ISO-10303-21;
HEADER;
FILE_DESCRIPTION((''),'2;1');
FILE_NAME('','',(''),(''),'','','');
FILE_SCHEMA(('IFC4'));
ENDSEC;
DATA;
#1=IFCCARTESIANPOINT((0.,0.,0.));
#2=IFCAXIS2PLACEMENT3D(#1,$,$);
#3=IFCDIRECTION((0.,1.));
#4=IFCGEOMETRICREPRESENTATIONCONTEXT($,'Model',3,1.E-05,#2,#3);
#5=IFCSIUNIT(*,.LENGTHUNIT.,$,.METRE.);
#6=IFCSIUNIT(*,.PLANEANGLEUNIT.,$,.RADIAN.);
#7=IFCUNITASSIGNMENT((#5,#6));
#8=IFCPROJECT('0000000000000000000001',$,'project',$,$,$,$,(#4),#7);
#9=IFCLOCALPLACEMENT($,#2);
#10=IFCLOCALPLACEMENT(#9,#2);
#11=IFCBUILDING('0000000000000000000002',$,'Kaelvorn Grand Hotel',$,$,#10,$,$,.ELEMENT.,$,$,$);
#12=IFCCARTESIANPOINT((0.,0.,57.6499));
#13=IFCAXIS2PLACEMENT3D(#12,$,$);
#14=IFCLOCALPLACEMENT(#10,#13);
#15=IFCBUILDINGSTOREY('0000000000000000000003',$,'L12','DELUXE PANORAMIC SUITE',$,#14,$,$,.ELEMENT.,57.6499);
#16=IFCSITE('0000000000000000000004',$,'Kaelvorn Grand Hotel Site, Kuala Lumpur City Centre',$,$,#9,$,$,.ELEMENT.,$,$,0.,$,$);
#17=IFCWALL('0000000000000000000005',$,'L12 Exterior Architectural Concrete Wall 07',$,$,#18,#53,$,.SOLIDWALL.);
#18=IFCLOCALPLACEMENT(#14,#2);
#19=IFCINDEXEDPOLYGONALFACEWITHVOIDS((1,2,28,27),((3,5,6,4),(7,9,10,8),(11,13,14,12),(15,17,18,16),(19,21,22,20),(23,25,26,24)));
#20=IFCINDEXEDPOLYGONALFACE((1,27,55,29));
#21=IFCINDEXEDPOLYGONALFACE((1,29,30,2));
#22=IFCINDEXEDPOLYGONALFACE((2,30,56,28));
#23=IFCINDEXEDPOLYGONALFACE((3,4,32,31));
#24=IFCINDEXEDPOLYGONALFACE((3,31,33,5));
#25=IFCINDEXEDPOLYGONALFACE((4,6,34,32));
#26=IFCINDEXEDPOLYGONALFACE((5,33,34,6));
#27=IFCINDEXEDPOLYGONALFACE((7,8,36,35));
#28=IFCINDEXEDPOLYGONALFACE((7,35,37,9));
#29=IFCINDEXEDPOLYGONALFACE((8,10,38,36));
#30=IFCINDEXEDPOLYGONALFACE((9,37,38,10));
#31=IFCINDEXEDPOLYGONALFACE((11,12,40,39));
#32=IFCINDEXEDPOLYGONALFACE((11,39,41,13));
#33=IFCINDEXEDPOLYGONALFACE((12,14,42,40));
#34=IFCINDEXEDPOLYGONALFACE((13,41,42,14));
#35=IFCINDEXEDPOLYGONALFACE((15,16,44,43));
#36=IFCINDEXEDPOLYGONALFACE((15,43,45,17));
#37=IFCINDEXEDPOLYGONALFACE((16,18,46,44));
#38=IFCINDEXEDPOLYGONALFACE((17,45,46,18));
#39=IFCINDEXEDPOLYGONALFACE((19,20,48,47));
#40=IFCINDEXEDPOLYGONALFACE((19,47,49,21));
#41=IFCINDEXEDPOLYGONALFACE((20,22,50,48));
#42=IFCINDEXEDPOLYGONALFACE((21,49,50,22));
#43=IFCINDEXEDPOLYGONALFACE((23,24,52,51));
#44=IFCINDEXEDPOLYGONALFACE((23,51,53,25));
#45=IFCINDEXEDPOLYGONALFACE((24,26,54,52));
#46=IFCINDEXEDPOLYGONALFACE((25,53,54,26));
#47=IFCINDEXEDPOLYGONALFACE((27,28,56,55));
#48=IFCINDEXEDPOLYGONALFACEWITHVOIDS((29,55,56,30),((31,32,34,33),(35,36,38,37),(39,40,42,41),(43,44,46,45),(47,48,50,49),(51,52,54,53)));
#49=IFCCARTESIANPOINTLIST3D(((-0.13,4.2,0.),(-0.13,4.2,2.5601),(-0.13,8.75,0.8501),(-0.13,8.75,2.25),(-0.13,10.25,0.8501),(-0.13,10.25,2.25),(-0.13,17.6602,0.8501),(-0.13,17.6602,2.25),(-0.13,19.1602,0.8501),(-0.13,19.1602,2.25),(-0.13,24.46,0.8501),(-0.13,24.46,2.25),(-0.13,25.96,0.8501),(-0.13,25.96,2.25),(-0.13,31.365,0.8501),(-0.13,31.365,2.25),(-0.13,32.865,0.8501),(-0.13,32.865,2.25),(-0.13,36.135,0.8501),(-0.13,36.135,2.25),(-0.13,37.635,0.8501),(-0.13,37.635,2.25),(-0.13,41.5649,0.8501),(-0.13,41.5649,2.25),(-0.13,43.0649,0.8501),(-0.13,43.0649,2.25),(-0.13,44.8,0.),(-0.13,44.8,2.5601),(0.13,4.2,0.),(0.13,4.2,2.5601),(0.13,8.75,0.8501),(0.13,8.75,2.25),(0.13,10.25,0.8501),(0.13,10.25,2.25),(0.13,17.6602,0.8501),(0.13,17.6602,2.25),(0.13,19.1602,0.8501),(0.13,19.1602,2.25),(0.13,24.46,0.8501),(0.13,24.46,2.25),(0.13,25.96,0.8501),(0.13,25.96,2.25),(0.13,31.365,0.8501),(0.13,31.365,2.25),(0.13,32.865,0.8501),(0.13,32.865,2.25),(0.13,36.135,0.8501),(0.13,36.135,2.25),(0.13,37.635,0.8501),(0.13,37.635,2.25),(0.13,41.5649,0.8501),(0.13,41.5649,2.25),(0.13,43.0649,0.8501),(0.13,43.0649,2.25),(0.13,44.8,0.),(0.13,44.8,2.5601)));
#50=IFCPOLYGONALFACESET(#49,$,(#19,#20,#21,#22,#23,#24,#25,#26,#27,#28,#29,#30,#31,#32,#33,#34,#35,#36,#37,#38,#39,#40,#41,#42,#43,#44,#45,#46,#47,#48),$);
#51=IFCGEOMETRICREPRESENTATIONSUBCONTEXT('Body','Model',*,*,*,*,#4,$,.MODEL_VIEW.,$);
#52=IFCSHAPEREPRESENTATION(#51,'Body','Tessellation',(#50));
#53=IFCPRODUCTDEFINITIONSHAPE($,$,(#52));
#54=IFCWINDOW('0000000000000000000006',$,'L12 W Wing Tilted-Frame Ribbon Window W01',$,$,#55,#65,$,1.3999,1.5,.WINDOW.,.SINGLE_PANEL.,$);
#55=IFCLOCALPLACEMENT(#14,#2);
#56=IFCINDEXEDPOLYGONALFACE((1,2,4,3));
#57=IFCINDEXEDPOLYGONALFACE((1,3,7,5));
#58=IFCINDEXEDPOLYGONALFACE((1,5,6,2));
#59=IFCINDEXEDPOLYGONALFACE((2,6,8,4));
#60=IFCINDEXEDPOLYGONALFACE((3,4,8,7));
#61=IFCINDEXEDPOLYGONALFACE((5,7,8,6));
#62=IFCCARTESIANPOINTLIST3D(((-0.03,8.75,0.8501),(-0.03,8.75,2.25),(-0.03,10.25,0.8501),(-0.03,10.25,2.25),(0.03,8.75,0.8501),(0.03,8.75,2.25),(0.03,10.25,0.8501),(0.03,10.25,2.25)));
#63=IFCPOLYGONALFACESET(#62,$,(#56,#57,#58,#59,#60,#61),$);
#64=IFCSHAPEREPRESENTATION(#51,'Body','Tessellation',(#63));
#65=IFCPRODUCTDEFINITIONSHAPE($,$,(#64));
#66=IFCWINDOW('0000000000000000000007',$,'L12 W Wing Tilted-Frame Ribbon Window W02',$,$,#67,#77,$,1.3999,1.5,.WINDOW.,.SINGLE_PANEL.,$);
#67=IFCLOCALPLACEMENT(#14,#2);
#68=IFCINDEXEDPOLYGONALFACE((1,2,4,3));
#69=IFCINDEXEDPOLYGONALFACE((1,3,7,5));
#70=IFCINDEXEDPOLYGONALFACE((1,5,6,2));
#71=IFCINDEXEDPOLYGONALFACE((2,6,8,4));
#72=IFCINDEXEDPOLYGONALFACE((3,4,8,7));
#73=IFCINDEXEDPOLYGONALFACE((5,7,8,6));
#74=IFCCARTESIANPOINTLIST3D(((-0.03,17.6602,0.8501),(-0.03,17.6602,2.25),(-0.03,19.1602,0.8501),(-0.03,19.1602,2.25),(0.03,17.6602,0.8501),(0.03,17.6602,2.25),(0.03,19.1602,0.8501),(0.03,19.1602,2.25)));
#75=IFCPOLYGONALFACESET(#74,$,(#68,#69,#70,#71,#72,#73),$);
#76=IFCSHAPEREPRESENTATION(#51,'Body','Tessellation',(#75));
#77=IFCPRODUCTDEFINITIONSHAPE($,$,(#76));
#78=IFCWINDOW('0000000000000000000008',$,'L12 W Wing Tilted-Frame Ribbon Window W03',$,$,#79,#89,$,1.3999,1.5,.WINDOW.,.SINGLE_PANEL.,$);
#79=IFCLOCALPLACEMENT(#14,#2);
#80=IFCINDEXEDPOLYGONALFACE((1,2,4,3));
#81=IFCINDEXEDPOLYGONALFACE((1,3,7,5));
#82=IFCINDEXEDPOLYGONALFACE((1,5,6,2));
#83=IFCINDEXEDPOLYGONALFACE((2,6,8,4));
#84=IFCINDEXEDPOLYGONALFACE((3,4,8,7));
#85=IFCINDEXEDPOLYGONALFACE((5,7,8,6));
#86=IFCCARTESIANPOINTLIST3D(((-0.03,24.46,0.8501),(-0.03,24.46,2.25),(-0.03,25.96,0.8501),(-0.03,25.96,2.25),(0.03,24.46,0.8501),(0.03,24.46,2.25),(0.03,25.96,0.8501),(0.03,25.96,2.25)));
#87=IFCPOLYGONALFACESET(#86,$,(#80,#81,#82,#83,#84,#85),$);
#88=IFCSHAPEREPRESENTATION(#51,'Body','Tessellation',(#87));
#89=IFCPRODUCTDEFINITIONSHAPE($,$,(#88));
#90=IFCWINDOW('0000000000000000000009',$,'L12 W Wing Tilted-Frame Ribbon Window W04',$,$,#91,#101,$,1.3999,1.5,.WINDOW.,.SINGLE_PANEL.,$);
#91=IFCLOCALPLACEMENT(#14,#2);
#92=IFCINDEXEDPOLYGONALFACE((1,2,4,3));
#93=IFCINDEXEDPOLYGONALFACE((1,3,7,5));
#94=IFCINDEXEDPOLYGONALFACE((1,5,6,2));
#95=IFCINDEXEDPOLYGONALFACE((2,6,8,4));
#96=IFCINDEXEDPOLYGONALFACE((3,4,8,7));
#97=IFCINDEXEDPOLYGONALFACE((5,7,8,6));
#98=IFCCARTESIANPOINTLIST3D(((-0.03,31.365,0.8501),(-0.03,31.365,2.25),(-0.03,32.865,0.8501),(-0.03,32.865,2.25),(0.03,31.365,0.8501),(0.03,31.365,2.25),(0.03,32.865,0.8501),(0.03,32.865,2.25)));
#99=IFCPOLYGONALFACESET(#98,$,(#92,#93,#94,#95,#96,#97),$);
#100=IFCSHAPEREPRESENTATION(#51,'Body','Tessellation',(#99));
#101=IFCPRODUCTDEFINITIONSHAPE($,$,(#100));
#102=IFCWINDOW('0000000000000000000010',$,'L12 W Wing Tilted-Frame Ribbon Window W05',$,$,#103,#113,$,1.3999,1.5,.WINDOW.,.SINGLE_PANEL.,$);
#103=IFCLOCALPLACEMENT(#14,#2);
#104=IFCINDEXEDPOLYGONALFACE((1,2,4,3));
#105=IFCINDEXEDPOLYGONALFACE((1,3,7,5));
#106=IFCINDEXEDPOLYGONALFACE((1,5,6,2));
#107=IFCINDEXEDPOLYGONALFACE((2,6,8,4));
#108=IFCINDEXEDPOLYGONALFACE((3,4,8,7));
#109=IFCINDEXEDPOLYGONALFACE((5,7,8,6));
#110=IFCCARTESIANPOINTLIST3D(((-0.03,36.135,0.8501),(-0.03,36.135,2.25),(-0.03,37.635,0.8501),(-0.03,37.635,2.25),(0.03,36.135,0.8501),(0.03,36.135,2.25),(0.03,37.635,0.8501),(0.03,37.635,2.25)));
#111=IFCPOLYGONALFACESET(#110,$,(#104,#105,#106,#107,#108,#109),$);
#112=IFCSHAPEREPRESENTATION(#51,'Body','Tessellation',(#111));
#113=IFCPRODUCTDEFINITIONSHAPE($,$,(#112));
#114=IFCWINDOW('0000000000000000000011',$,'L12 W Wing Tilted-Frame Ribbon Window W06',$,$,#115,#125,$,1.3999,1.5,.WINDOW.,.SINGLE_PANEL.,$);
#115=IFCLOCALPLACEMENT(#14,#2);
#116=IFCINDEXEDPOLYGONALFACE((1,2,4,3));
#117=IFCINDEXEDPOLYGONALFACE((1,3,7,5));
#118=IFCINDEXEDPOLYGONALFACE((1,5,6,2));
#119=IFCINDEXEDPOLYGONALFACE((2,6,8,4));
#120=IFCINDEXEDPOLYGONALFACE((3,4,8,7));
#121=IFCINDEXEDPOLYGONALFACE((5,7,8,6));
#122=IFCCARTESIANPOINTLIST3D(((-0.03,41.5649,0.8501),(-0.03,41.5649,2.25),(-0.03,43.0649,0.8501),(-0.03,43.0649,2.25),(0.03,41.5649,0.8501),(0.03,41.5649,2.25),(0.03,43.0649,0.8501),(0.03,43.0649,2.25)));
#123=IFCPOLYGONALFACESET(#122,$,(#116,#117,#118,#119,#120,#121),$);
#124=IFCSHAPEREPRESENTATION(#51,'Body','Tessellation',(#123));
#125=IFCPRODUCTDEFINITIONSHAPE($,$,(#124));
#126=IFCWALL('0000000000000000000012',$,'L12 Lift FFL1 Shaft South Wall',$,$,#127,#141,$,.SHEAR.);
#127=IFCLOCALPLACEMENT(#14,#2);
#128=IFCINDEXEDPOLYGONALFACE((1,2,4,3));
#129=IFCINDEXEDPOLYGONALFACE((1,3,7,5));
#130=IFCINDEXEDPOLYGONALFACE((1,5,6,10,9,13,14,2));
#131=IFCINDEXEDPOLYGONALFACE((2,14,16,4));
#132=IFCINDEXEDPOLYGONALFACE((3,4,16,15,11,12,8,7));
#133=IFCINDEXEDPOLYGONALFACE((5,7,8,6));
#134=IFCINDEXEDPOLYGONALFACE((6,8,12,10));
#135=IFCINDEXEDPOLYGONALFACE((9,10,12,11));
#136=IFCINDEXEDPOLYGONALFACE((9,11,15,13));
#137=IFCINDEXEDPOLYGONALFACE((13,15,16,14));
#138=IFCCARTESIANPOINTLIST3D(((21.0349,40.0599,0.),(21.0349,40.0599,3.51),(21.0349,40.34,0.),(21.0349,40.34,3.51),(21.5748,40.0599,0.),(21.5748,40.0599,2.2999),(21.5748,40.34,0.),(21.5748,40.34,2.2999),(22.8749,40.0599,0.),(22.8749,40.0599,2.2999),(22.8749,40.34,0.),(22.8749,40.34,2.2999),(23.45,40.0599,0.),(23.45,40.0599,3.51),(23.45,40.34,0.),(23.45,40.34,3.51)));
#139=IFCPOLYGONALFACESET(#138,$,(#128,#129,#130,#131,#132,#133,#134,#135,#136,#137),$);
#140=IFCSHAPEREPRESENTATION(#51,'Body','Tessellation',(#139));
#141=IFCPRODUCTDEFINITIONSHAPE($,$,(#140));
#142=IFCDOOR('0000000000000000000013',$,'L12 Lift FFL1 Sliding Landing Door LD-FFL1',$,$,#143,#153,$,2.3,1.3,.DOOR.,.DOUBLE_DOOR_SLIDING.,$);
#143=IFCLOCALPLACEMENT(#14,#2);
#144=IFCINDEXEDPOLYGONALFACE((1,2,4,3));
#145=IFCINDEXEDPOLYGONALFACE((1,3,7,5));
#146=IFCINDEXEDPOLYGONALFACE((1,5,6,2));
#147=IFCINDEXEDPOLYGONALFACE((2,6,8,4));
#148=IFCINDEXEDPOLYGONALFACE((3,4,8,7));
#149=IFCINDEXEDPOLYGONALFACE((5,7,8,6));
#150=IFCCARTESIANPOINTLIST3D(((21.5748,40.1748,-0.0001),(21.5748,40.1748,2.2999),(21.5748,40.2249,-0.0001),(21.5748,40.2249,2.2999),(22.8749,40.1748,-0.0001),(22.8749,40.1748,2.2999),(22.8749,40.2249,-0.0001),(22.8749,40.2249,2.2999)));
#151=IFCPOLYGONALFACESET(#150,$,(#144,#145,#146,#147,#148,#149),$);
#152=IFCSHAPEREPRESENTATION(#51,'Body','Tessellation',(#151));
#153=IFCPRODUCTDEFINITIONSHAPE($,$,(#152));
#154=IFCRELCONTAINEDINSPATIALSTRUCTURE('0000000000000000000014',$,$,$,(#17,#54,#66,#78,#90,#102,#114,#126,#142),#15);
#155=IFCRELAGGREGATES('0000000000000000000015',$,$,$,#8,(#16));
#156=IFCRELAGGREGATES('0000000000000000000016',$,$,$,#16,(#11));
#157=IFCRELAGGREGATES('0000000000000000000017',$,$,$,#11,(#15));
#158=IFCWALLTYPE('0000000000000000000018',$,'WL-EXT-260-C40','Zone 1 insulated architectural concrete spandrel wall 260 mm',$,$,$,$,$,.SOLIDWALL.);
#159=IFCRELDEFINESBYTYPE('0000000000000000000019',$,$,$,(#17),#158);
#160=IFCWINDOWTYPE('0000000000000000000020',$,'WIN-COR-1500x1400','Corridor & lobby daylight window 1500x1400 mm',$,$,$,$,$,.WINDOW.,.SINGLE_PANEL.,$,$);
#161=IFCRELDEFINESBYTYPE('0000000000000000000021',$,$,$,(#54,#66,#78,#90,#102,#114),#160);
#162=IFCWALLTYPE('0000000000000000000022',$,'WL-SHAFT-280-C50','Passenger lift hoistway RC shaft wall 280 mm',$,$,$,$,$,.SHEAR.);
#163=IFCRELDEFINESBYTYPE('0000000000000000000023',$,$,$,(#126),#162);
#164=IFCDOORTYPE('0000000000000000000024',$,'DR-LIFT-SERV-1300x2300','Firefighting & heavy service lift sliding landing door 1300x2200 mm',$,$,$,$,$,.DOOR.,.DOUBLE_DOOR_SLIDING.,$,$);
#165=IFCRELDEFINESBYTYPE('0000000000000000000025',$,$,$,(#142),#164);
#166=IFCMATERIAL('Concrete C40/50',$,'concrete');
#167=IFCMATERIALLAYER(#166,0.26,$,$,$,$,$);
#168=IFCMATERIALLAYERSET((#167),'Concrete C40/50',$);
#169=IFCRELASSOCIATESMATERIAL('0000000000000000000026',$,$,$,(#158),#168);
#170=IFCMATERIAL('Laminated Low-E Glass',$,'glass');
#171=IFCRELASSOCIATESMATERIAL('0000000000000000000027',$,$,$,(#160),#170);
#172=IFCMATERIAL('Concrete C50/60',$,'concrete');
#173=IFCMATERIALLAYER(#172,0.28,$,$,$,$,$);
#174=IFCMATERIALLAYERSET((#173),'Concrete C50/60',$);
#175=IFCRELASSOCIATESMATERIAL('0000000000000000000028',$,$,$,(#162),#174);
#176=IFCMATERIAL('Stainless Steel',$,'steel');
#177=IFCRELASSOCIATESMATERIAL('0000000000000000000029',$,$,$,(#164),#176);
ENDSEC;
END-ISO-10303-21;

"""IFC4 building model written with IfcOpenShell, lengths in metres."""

from ifc_helpers import new_model, si_unit, direction, frame, frame_2d, origin, place, context, subcontext, project, spatial, rectangle, extrude, material, layer, layer_set, type_object, element, fill, save


model = new_model("IFC4")

# Units and contexts
model_context = context("Model", 3, precision=1e-05, world=origin(), true_north=direction((0.0, 1.0)))
body_context = subcontext(model_context, "Body", "Model", "MODEL_VIEW")
ifc_project = project(units=[si_unit("LENGTHUNIT", "METRE"), si_unit("PLANEANGLEUNIT", "RADIAN")], contexts=[model_context])

# Site, building, storey
site_placement = place(None, origin())
site = spatial("IfcSite", under=ifc_project, at=site_placement, Name="Kaelvorn Grand Hotel Site, Kuala Lumpur City Centre", CompositionType="ELEMENT", RefElevation=0.0)
building_placement = place(site_placement, origin())
building = spatial("IfcBuilding", under=site, at=building_placement, Name="Kaelvorn Grand Hotel", CompositionType="ELEMENT")
storey_placement = place(building_placement, frame((0.0, 0.0, 57.6499)))
storey = spatial("IfcBuildingStorey", under=building, at=storey_placement, Name="L12", Description="DELUXE PANORAMIC SUITE", CompositionType="ELEMENT", Elevation=57.6499)

# Shared definitions
ifc_material_1 = material(Name="Concrete C40/50", Category="concrete")
ifc_layer_1 = layer(ifc_material_1, 0.26)
ifc_layer_set_1 = layer_set([ifc_layer_1], Name="Concrete C40/50")
wall_type_1 = type_object("IfcWallType", Name="WL-EXT-260-C40", Description="Zone 1 insulated architectural concrete spandrel wall 260 mm", PredefinedType="SOLIDWALL", material=ifc_layer_set_1)

# Wall, openings, windows
wall_1_placement = place(storey_placement, frame((0.0, 44.8, 0.0), z_axis=(0.0, 0.0, 1.0), x_axis=(0.0, -1.0, 0.0)))
wall_1 = element("IfcWall", 1, at=wall_1_placement, inside=storey, type_object=wall_type_1, Name="L12 Exterior Architectural Concrete Wall 07", PredefinedType="SOLIDWALL", context=body_context, shape_type="SweptSolid", body=[
    extrude(rectangle(XDim=40.6001, YDim=0.26, at=frame_2d((20.3, 0.0))), origin(), (0.0, 0.0, 1.0), 2.5601),
])
opening_1_placement = place(wall_1_placement, frame((34.55, 0.0, 0.8501)))
opening_1 = element("IfcOpeningElement", 2, at=opening_1_placement, cuts=wall_1, PredefinedType="OPENING", context=body_context, shape_type="SweptSolid", body=[
    extrude(rectangle(XDim=1.5, YDim=1.3999, at=frame_2d((0.75, 0.7))), frame((0.0, 0.1401, 0.0), z_axis=(0.0, -1.0, 0.0), x_axis=(1.0, 0.0, 0.0)), (0.0, 0.0, 1.0), 0.28),
])
opening_2_placement = place(wall_1_placement, frame((25.6399, 0.0, 0.8501)))
opening_2 = element("IfcOpeningElement", 3, at=opening_2_placement, cuts=wall_1, PredefinedType="OPENING", context=body_context, shape_type="SweptSolid", body=[
    extrude(rectangle(XDim=1.5, YDim=1.3999, at=frame_2d((0.75, 0.7))), frame((0.0, 0.1401, 0.0), z_axis=(0.0, -1.0, 0.0), x_axis=(1.0, 0.0, 0.0)), (0.0, 0.0, 1.0), 0.28),
])
opening_3_placement = place(wall_1_placement, frame((18.8401, 0.0, 0.8501)))
opening_3 = element("IfcOpeningElement", 4, at=opening_3_placement, cuts=wall_1, PredefinedType="OPENING", context=body_context, shape_type="SweptSolid", body=[
    extrude(rectangle(XDim=1.5, YDim=1.3999, at=frame_2d((0.75, 0.7))), frame((0.0, 0.1401, 0.0), z_axis=(0.0, -1.0, 0.0), x_axis=(1.0, 0.0, 0.0)), (0.0, 0.0, 1.0), 0.28),
])
opening_4_placement = place(wall_1_placement, frame((11.9351, 0.0, 0.8501)))
opening_4 = element("IfcOpeningElement", 5, at=opening_4_placement, cuts=wall_1, PredefinedType="OPENING", context=body_context, shape_type="SweptSolid", body=[
    extrude(rectangle(XDim=1.5, YDim=1.3999, at=frame_2d((0.75, 0.7))), frame((0.0, 0.1401, 0.0), z_axis=(0.0, -1.0, 0.0), x_axis=(1.0, 0.0, 0.0)), (0.0, 0.0, 1.0), 0.28),
])
opening_5_placement = place(wall_1_placement, frame((7.165, 0.0, 0.8501)))
opening_5 = element("IfcOpeningElement", 6, at=opening_5_placement, cuts=wall_1, PredefinedType="OPENING", context=body_context, shape_type="SweptSolid", body=[
    extrude(rectangle(XDim=1.5, YDim=1.3999, at=frame_2d((0.75, 0.7))), frame((0.0, 0.1401, 0.0), z_axis=(0.0, -1.0, 0.0), x_axis=(1.0, 0.0, 0.0)), (0.0, 0.0, 1.0), 0.28),
])
opening_6_placement = place(wall_1_placement, frame((1.7351, 0.0, 0.8501)))
opening_6 = element("IfcOpeningElement", 7, at=opening_6_placement, cuts=wall_1, PredefinedType="OPENING", context=body_context, shape_type="SweptSolid", body=[
    extrude(rectangle(XDim=1.5, YDim=1.3999, at=frame_2d((0.75, 0.7))), frame((0.0, 0.1401, 0.0), z_axis=(0.0, -1.0, 0.0), x_axis=(1.0, 0.0, 0.0)), (0.0, 0.0, 1.0), 0.28),
])
ifc_material_2 = material(Name="Laminated Low-E Glass", Category="glass")
window_type = type_object("IfcWindowType", Name="WIN-COR-1500x1400", Description="Corridor & lobby daylight window 1500x1400 mm", PartitioningType="SINGLE_PANEL", PredefinedType="WINDOW", material=ifc_material_2)
window_1_placement = place(opening_1_placement, origin())
window_1 = element("IfcWindow", 8, at=window_1_placement, inside=storey, type_object=window_type, Name="L12 W Wing Tilted-Frame Ribbon Window W01", OverallHeight=1.3999, OverallWidth=1.5, PartitioningType="SINGLE_PANEL", PredefinedType="WINDOW", context=body_context, shape_type="SweptSolid", body=[
    extrude(rectangle(XDim=1.5, YDim=1.3999, at=frame_2d((0.75, 0.7))), frame((0.0, 0.03, 0.0), z_axis=(0.0, -1.0, 0.0), x_axis=(1.0, 0.0, 0.0)), (0.0, 0.0, 1.0), 0.0601),
])
fill(opening_1, window_1)
window_2_placement = place(opening_2_placement, origin())
window_2 = element("IfcWindow", 9, at=window_2_placement, inside=storey, type_object=window_type, Name="L12 W Wing Tilted-Frame Ribbon Window W02", OverallHeight=1.3999, OverallWidth=1.5, PartitioningType="SINGLE_PANEL", PredefinedType="WINDOW", context=body_context, shape_type="SweptSolid", body=[
    extrude(rectangle(XDim=1.5, YDim=1.3999, at=frame_2d((0.75, 0.7))), frame((0.0, 0.03, 0.0), z_axis=(0.0, -1.0, 0.0), x_axis=(1.0, 0.0, 0.0)), (0.0, 0.0, 1.0), 0.0601),
])
fill(opening_2, window_2)
window_3_placement = place(opening_3_placement, origin())
window_3 = element("IfcWindow", 10, at=window_3_placement, inside=storey, type_object=window_type, Name="L12 W Wing Tilted-Frame Ribbon Window W03", OverallHeight=1.3999, OverallWidth=1.5, PartitioningType="SINGLE_PANEL", PredefinedType="WINDOW", context=body_context, shape_type="SweptSolid", body=[
    extrude(rectangle(XDim=1.5, YDim=1.3999, at=frame_2d((0.75, 0.7))), frame((0.0, 0.03, 0.0), z_axis=(0.0, -1.0, 0.0), x_axis=(1.0, 0.0, 0.0)), (0.0, 0.0, 1.0), 0.0601),
])
fill(opening_3, window_3)
window_4_placement = place(opening_4_placement, origin())
window_4 = element("IfcWindow", 11, at=window_4_placement, inside=storey, type_object=window_type, Name="L12 W Wing Tilted-Frame Ribbon Window W04", OverallHeight=1.3999, OverallWidth=1.5, PartitioningType="SINGLE_PANEL", PredefinedType="WINDOW", context=body_context, shape_type="SweptSolid", body=[
    extrude(rectangle(XDim=1.5, YDim=1.3999, at=frame_2d((0.75, 0.7))), frame((0.0, 0.03, 0.0), z_axis=(0.0, -1.0, 0.0), x_axis=(1.0, 0.0, 0.0)), (0.0, 0.0, 1.0), 0.0601),
])
fill(opening_4, window_4)
window_5_placement = place(opening_5_placement, origin())
window_5 = element("IfcWindow", 12, at=window_5_placement, inside=storey, type_object=window_type, Name="L12 W Wing Tilted-Frame Ribbon Window W05", OverallHeight=1.3999, OverallWidth=1.5, PartitioningType="SINGLE_PANEL", PredefinedType="WINDOW", context=body_context, shape_type="SweptSolid", body=[
    extrude(rectangle(XDim=1.5, YDim=1.3999, at=frame_2d((0.75, 0.7))), frame((0.0, 0.03, 0.0), z_axis=(0.0, -1.0, 0.0), x_axis=(1.0, 0.0, 0.0)), (0.0, 0.0, 1.0), 0.0601),
])
fill(opening_5, window_5)
window_6_placement = place(opening_6_placement, origin())
window_6 = element("IfcWindow", 13, at=window_6_placement, inside=storey, type_object=window_type, Name="L12 W Wing Tilted-Frame Ribbon Window W06", OverallHeight=1.3999, OverallWidth=1.5, PartitioningType="SINGLE_PANEL", PredefinedType="WINDOW", context=body_context, shape_type="SweptSolid", body=[
    extrude(rectangle(XDim=1.5, YDim=1.3999, at=frame_2d((0.75, 0.7))), frame((0.0, 0.03, 0.0), z_axis=(0.0, -1.0, 0.0), x_axis=(1.0, 0.0, 0.0)), (0.0, 0.0, 1.0), 0.0601),
])
fill(opening_6, window_6)

# Wall, opening, door
ifc_material_3 = material(Name="Concrete C50/60", Category="concrete")
ifc_layer_2 = layer(ifc_material_3, 0.28)
ifc_layer_set_2 = layer_set([ifc_layer_2], Name="Concrete C50/60")
wall_type_2 = type_object("IfcWallType", Name="WL-SHAFT-280-C50", Description="Passenger lift hoistway RC shaft wall 280 mm", PredefinedType="SHEAR", material=ifc_layer_set_2)
wall_2_placement = place(storey_placement, frame((21.0349, 40.2, 0.0), z_axis=(0.0, 0.0, 1.0), x_axis=(1.0, 0.0, 0.0)))
wall_2 = element("IfcWall", 14, at=wall_2_placement, inside=storey, type_object=wall_type_2, Name="L12 Lift FFL1 Shaft South Wall", PredefinedType="SHEAR", context=body_context, shape_type="SweptSolid", body=[
    extrude(rectangle(XDim=2.415, YDim=0.28, at=frame_2d((1.2075, 0.0))), origin(), (0.0, 0.0, 1.0), 3.51),
])
opening_7_placement = place(wall_2_placement, frame((0.54, 0.0, 0.0)))
opening_7 = element("IfcOpeningElement", 15, at=opening_7_placement, cuts=wall_2, PredefinedType="OPENING", context=body_context, shape_type="SweptSolid", body=[
    extrude(rectangle(XDim=1.3, YDim=2.3, at=frame_2d((0.6499, 1.1499))), frame((0.0, 0.1499, 0.0), z_axis=(0.0, -1.0, 0.0), x_axis=(1.0, 0.0, 0.0)), (0.0, 0.0, 1.0), 0.3),
])
ifc_material_4 = material(Name="Stainless Steel", Category="steel")
door_type = type_object("IfcDoorType", Name="DR-LIFT-SERV-1300x2300", Description="Firefighting & heavy service lift sliding landing door 1300x2200 mm", OperationType="DOUBLE_DOOR_SLIDING", PredefinedType="DOOR", material=ifc_material_4)
door_placement = place(opening_7_placement, origin())
door = element("IfcDoor", 16, at=door_placement, inside=storey, type_object=door_type, Name="L12 Lift FFL1 Sliding Landing Door LD-FFL1", OperationType="DOUBLE_DOOR_SLIDING", OverallHeight=2.3, OverallWidth=1.3, PredefinedType="DOOR", context=body_context, shape_type="SweptSolid", body=[
    extrude(rectangle(XDim=1.3, YDim=2.3, at=frame_2d((0.6499, 1.1499))), frame((0.0, 0.0249, 0.0), z_axis=(0.0, -1.0, 0.0), x_axis=(1.0, 0.0, 0.0)), (0.0, 0.0, 1.0), 0.05),
])
fill(opening_7, door)

save(model, "model.ifc")
